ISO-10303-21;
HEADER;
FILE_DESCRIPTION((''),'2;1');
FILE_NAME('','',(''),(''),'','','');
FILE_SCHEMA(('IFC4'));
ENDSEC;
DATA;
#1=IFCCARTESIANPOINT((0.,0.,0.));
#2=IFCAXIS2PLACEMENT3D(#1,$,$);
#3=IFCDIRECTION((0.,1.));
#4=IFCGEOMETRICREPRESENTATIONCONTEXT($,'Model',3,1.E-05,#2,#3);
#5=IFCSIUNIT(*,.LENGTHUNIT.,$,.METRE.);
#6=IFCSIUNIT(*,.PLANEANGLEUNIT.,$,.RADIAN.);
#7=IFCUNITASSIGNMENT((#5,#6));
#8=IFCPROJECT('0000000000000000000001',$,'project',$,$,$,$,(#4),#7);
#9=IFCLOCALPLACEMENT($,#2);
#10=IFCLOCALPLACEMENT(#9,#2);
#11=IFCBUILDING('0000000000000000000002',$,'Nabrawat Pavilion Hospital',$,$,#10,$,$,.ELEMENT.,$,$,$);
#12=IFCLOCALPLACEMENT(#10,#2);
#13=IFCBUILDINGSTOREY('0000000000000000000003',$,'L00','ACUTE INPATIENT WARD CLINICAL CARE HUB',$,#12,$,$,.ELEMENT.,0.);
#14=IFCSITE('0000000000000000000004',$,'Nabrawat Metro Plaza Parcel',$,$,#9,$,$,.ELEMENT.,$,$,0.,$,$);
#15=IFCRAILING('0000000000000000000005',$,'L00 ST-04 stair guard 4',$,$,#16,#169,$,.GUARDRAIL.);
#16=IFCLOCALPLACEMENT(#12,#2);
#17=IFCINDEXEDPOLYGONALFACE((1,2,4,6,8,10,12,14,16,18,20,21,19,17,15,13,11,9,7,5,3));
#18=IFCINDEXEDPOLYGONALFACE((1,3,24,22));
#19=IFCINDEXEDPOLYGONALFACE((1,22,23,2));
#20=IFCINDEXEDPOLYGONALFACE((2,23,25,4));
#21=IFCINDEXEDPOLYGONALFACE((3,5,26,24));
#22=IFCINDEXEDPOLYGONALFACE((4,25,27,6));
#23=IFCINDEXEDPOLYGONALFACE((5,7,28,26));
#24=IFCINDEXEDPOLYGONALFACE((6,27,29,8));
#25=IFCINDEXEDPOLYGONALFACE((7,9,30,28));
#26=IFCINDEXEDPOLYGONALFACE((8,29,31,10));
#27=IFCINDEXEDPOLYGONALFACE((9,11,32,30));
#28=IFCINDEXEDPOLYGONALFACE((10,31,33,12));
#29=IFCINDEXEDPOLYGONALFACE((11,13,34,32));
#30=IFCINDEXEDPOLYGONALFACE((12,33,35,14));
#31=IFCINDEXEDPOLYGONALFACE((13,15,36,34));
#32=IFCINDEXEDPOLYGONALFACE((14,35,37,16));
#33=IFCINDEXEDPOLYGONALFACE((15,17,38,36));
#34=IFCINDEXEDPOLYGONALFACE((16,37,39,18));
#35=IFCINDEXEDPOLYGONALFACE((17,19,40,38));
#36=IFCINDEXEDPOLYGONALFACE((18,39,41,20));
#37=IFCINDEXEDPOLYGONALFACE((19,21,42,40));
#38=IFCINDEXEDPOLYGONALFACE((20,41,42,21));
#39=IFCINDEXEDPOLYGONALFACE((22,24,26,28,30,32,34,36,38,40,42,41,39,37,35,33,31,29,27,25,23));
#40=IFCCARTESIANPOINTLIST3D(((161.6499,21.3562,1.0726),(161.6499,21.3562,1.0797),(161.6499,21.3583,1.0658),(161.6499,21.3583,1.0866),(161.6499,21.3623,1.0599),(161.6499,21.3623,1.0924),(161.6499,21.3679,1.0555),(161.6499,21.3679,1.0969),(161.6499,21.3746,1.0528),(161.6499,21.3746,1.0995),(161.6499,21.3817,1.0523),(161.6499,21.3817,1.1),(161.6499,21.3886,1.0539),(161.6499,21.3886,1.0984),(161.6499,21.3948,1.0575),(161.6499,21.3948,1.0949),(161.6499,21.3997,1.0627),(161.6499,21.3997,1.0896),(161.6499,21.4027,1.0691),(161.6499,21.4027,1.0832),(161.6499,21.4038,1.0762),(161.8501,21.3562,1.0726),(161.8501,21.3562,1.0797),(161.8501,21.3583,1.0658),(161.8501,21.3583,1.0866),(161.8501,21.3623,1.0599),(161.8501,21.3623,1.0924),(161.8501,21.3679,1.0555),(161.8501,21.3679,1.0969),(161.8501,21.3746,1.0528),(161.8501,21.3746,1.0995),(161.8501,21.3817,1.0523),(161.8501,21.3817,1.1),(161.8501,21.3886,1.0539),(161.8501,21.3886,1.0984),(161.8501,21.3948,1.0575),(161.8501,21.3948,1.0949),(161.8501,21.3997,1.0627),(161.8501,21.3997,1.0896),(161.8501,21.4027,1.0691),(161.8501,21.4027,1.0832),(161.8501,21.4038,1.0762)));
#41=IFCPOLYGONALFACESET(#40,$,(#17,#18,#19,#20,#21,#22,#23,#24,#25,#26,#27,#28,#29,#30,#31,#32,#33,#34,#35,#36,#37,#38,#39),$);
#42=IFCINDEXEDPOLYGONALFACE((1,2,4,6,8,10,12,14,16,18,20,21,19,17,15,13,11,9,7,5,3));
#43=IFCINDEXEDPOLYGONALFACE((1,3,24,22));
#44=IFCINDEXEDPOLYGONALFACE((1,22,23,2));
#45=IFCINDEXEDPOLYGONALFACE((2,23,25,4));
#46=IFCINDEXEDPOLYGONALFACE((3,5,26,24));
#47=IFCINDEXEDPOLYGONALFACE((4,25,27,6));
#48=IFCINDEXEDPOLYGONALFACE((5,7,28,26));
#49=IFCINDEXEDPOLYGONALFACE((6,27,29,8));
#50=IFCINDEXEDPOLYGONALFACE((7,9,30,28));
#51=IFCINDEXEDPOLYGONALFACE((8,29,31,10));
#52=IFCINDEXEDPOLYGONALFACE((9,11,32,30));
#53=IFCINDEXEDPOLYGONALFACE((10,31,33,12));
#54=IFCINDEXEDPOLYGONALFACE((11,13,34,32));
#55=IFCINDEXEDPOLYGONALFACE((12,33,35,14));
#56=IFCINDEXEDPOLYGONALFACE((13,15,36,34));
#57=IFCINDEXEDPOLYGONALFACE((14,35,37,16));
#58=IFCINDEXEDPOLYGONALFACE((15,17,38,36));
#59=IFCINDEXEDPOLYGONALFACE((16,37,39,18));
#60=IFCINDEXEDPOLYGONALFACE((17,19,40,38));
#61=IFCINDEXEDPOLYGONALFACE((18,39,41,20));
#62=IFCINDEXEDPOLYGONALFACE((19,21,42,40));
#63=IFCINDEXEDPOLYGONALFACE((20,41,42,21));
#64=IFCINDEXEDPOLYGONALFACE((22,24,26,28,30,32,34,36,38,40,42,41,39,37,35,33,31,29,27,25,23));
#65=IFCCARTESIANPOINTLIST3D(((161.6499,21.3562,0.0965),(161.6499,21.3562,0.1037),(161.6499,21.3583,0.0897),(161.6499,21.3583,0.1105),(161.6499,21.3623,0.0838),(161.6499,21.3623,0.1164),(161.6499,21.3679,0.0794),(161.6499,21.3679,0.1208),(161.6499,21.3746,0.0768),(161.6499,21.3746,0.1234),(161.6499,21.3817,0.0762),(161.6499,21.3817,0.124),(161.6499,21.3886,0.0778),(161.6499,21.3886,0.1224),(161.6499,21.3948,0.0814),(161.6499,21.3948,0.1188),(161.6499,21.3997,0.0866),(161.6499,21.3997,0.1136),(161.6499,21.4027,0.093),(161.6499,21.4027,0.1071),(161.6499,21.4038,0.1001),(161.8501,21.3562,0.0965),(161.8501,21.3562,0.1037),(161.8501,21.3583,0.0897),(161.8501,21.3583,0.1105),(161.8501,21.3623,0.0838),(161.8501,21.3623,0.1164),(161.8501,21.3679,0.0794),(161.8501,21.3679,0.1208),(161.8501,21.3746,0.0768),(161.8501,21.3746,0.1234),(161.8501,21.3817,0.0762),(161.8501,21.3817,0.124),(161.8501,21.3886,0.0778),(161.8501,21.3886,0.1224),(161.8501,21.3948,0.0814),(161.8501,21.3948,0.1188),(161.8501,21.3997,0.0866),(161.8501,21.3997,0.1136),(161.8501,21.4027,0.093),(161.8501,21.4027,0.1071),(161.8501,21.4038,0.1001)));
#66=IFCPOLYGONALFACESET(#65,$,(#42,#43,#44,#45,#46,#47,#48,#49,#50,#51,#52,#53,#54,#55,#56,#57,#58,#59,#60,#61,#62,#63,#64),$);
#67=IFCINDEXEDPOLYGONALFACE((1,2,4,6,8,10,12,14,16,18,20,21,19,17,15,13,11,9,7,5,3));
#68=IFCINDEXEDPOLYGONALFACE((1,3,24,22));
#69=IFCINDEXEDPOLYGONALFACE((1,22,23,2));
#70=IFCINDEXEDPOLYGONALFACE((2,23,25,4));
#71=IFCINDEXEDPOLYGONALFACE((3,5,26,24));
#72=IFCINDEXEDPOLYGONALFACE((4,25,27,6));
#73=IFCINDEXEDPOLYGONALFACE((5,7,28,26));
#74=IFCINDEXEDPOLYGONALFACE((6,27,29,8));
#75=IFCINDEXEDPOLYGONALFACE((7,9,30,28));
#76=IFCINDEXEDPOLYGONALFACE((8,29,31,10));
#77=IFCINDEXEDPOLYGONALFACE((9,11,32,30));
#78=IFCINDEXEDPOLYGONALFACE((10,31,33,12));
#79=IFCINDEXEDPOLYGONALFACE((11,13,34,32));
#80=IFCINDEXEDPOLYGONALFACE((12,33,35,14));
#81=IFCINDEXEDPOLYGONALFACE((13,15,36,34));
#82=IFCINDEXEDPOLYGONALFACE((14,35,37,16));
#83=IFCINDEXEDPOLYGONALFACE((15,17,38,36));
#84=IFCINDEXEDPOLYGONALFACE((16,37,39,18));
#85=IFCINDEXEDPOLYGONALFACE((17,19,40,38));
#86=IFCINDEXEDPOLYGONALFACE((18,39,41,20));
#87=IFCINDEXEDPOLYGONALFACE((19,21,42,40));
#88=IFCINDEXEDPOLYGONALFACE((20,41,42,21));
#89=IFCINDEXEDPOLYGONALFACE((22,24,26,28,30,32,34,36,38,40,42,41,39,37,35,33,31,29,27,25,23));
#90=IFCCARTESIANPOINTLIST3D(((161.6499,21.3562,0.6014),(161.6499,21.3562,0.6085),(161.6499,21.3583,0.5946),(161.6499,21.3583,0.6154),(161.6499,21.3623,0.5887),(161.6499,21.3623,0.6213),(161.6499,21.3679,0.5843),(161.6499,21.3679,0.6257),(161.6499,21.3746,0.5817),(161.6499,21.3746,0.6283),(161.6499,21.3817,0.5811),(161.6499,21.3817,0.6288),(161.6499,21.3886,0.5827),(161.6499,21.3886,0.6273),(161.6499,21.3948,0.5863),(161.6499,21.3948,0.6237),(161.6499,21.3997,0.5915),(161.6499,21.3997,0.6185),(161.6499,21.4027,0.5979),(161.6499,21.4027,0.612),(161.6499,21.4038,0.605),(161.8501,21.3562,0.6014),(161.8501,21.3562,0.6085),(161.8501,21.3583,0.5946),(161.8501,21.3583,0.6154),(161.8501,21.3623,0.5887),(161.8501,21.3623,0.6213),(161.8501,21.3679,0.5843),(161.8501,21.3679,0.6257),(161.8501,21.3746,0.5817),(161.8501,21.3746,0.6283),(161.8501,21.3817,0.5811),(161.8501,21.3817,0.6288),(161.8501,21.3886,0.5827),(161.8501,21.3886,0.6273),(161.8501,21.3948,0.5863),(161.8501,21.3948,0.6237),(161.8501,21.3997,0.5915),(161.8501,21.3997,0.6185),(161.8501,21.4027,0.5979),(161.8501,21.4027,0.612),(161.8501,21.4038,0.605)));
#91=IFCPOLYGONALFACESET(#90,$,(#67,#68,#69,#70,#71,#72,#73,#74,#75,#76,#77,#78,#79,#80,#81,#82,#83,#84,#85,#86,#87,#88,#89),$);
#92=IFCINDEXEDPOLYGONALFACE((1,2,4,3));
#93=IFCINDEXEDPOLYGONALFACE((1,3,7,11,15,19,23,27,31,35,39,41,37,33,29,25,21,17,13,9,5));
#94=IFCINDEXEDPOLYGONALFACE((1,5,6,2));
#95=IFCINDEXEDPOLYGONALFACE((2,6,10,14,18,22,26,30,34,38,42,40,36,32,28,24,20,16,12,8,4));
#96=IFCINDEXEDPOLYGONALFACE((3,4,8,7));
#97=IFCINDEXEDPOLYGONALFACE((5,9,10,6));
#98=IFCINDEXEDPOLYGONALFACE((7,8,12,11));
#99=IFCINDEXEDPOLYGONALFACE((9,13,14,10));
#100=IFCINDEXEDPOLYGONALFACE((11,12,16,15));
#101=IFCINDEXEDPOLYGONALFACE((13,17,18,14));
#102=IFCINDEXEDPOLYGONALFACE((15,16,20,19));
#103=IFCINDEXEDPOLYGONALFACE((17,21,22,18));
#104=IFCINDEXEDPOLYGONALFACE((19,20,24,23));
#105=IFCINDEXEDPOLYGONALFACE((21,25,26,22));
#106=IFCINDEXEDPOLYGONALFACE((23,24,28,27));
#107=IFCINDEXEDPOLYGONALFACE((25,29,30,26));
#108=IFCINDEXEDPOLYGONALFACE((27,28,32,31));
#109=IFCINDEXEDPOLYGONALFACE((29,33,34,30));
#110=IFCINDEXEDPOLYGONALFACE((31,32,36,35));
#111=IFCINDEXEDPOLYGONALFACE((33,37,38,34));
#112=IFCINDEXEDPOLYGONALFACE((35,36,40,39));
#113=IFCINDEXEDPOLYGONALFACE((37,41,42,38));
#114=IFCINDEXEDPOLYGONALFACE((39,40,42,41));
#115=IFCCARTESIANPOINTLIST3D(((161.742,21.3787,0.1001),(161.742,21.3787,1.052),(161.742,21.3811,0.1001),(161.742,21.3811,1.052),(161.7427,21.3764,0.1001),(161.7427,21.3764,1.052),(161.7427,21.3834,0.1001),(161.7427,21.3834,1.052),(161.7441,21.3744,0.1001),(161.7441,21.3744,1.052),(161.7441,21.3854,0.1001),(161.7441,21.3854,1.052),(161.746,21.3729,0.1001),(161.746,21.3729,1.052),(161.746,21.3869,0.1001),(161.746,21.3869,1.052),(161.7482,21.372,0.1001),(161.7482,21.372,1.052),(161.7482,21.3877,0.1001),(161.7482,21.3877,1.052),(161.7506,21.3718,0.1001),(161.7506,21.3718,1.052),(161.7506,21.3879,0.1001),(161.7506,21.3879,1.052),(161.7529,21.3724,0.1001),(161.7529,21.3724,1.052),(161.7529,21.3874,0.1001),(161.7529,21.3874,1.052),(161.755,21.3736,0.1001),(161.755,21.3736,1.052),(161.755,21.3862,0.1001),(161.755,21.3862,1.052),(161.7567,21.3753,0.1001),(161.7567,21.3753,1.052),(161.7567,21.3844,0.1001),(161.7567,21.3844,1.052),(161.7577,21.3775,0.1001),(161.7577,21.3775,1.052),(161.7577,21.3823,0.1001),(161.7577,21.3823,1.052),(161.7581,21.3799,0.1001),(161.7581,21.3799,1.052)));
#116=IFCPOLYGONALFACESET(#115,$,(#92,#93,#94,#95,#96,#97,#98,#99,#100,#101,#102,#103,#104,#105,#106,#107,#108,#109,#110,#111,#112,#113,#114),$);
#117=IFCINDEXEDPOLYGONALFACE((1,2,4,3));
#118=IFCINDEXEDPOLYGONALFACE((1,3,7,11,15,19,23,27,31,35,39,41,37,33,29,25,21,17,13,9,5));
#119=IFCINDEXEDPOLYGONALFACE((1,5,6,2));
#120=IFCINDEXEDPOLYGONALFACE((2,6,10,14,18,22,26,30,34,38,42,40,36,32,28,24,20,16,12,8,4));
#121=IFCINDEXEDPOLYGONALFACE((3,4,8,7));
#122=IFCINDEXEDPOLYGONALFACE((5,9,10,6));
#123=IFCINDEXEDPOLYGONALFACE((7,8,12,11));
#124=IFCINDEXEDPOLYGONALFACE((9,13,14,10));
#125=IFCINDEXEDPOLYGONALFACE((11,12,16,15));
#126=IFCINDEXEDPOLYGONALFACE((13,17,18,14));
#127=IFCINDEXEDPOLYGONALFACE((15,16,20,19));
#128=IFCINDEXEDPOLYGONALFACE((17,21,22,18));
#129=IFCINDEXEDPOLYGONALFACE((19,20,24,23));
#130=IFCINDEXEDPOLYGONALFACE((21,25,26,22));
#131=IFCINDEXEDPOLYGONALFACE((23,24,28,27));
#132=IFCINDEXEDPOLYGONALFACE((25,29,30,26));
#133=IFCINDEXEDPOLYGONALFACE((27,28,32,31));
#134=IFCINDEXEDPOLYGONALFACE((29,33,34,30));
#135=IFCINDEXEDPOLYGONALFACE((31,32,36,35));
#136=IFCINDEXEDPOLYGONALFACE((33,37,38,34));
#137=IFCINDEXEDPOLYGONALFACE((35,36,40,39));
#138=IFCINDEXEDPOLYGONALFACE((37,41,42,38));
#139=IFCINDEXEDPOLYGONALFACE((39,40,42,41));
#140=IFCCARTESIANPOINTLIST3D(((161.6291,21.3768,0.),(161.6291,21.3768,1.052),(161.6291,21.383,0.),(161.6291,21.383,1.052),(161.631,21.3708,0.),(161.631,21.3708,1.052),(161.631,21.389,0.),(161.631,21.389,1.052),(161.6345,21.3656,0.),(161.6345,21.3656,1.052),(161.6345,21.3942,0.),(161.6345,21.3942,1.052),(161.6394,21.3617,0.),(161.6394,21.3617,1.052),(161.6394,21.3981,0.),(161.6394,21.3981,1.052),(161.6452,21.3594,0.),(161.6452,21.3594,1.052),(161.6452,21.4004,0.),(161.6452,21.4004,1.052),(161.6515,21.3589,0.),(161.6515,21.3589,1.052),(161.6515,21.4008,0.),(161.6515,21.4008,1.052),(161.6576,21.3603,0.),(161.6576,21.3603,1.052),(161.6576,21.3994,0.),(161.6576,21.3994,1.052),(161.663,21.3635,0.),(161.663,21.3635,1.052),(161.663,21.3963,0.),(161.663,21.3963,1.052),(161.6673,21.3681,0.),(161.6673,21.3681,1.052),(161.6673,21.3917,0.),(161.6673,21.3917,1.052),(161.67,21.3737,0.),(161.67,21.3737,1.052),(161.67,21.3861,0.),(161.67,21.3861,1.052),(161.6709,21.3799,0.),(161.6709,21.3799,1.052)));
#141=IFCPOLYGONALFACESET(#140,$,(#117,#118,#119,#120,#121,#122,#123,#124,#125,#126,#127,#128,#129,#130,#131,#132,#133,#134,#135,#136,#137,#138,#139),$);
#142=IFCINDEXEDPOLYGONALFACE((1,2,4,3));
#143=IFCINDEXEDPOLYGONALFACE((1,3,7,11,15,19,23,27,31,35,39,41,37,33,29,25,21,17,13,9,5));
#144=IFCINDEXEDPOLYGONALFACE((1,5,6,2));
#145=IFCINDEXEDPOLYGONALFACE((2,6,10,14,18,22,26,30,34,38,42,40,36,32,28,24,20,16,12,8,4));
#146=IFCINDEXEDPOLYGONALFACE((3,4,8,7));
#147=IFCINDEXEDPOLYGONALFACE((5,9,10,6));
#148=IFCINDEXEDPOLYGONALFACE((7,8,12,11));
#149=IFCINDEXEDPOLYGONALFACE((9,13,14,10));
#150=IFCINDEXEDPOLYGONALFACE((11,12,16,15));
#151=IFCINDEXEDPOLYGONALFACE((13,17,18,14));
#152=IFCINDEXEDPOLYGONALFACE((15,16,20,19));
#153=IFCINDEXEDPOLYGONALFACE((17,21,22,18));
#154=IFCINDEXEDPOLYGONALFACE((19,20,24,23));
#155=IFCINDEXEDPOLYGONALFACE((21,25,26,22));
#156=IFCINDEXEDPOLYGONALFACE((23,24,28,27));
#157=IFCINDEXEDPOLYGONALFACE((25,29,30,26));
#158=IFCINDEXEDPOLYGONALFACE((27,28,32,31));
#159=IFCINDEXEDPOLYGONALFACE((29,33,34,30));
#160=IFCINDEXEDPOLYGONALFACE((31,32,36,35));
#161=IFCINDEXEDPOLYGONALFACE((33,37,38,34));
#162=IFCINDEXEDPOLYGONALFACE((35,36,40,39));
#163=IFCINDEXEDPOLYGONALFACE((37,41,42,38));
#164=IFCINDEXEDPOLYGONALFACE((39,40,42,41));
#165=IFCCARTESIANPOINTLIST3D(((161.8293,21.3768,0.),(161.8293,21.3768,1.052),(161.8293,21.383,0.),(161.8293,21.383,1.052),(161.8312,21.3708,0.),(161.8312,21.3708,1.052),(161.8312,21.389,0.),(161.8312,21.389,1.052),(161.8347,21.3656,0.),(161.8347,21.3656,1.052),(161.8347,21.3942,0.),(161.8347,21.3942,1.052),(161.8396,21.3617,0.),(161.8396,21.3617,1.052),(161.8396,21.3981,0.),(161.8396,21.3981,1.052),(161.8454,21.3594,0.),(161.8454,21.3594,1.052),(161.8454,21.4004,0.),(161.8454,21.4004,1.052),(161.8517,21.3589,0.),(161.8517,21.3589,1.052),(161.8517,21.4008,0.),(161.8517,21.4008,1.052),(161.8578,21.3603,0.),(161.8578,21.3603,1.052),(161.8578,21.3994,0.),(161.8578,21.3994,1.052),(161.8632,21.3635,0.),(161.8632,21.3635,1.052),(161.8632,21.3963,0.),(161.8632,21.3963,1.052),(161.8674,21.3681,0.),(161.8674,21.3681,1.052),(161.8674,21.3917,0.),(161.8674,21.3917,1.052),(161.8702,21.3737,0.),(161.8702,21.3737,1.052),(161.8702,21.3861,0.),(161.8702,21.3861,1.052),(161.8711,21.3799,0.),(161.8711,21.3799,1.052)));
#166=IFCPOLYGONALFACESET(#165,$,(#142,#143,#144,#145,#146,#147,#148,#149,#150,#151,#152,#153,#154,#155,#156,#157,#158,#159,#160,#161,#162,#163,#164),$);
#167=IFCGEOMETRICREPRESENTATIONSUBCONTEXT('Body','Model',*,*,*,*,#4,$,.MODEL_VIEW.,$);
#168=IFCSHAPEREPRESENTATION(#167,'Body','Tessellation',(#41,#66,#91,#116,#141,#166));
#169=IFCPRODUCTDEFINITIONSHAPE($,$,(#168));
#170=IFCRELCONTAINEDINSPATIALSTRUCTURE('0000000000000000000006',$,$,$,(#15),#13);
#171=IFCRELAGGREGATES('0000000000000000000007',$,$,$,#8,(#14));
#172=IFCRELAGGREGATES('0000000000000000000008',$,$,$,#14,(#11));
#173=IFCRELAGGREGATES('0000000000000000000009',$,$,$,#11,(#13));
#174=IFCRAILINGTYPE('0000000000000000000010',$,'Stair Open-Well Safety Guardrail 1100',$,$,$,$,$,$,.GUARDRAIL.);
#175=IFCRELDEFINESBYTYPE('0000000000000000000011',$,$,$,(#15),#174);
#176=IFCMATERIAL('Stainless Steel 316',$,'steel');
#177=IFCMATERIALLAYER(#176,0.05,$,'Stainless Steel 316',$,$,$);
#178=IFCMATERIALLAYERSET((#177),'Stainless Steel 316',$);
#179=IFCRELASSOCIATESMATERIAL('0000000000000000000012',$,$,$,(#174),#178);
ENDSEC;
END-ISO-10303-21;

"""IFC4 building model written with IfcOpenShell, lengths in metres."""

from ifc_helpers import new_model, si_unit, direction, frame, origin, origin_2d, place, context, subcontext, project, spatial, circle, extrude, material, layer, layer_set, type_object, element, save


model = new_model("IFC4")

# Units and contexts
model_context = context("Model", 3, precision=1e-05, world=origin(), true_north=direction((0.0, 1.0)))
body_context = subcontext(model_context, "Body", "Model", "MODEL_VIEW")
ifc_project = project(units=[si_unit("LENGTHUNIT", "METRE"), si_unit("PLANEANGLEUNIT", "RADIAN")], contexts=[model_context])

# Site, building, storey
site_placement = place(None, origin())
site = spatial("IfcSite", under=ifc_project, at=site_placement, Name="Nabrawat Metro Plaza Parcel", CompositionType="ELEMENT", RefElevation=0.0)
building_placement = place(site_placement, origin())
building = spatial("IfcBuilding", under=site, at=building_placement, Name="Nabrawat Pavilion Hospital", CompositionType="ELEMENT")
storey_placement = place(building_placement, origin())
storey = spatial("IfcBuildingStorey", under=building, at=storey_placement, Name="L00", Description="ACUTE INPATIENT WARD CLINICAL CARE HUB", CompositionType="ELEMENT", Elevation=0.0)

# Railing
ifc_material_1 = material(Name="Stainless Steel 316", Category="steel")
ifc_layer_1 = layer(ifc_material_1, 0.05, Name="Stainless Steel 316")
ifc_layer_set_1 = layer_set([ifc_layer_1], Name="Stainless Steel 316")
railing_type_1 = type_object("IfcRailingType", Name="Stair Open-Well Safety Guardrail 1100", PredefinedType="GUARDRAIL", material=ifc_layer_set_1)
railing_1_placement = place(storey_placement, frame((161.6499, 21.3799, 0.0)))
element("IfcRailing", 1, at=railing_1_placement, inside=storey, type_object=railing_type_1, Name="L00 ST-04 stair guard 4", PredefinedType="GUARDRAIL", context=body_context, shape_type="SweptSolid", body=[
    extrude(circle(Radius=0.0239, at=origin_2d()), frame((0.0, 0.0, 1.0762), z_axis=(1.0, 0.0, 0.0), x_axis=(0.0, 1.0, 0.0)), (0.0, 0.0, 1.0), 0.2002),
    extrude(circle(Radius=0.0239, at=origin_2d()), frame((0.0, 0.0, 0.1001), z_axis=(1.0, 0.0, 0.0), x_axis=(0.0, 1.0, 0.0)), (0.0, 0.0, 1.0), 0.2002),
    extrude(circle(Radius=0.0239, at=origin_2d()), frame((0.0, 0.0, 0.605), z_axis=(1.0, 0.0, 0.0), x_axis=(0.0, 1.0, 0.0)), (0.0, 0.0, 1.0), 0.2002),
    extrude(circle(Radius=0.0081, at=origin_2d()), frame((0.1001, 0.0, 0.1001)), (0.0, 0.0, 1.0), 0.9519),
    extrude(circle(Radius=0.021, at=origin_2d()), origin(), (0.0, 0.0, 1.0), 1.052),
    extrude(circle(Radius=0.021, at=origin_2d()), frame((0.2002, 0.0, 0.0)), (0.0, 0.0, 1.0), 1.052),
])

save(model, "model.ifc")
